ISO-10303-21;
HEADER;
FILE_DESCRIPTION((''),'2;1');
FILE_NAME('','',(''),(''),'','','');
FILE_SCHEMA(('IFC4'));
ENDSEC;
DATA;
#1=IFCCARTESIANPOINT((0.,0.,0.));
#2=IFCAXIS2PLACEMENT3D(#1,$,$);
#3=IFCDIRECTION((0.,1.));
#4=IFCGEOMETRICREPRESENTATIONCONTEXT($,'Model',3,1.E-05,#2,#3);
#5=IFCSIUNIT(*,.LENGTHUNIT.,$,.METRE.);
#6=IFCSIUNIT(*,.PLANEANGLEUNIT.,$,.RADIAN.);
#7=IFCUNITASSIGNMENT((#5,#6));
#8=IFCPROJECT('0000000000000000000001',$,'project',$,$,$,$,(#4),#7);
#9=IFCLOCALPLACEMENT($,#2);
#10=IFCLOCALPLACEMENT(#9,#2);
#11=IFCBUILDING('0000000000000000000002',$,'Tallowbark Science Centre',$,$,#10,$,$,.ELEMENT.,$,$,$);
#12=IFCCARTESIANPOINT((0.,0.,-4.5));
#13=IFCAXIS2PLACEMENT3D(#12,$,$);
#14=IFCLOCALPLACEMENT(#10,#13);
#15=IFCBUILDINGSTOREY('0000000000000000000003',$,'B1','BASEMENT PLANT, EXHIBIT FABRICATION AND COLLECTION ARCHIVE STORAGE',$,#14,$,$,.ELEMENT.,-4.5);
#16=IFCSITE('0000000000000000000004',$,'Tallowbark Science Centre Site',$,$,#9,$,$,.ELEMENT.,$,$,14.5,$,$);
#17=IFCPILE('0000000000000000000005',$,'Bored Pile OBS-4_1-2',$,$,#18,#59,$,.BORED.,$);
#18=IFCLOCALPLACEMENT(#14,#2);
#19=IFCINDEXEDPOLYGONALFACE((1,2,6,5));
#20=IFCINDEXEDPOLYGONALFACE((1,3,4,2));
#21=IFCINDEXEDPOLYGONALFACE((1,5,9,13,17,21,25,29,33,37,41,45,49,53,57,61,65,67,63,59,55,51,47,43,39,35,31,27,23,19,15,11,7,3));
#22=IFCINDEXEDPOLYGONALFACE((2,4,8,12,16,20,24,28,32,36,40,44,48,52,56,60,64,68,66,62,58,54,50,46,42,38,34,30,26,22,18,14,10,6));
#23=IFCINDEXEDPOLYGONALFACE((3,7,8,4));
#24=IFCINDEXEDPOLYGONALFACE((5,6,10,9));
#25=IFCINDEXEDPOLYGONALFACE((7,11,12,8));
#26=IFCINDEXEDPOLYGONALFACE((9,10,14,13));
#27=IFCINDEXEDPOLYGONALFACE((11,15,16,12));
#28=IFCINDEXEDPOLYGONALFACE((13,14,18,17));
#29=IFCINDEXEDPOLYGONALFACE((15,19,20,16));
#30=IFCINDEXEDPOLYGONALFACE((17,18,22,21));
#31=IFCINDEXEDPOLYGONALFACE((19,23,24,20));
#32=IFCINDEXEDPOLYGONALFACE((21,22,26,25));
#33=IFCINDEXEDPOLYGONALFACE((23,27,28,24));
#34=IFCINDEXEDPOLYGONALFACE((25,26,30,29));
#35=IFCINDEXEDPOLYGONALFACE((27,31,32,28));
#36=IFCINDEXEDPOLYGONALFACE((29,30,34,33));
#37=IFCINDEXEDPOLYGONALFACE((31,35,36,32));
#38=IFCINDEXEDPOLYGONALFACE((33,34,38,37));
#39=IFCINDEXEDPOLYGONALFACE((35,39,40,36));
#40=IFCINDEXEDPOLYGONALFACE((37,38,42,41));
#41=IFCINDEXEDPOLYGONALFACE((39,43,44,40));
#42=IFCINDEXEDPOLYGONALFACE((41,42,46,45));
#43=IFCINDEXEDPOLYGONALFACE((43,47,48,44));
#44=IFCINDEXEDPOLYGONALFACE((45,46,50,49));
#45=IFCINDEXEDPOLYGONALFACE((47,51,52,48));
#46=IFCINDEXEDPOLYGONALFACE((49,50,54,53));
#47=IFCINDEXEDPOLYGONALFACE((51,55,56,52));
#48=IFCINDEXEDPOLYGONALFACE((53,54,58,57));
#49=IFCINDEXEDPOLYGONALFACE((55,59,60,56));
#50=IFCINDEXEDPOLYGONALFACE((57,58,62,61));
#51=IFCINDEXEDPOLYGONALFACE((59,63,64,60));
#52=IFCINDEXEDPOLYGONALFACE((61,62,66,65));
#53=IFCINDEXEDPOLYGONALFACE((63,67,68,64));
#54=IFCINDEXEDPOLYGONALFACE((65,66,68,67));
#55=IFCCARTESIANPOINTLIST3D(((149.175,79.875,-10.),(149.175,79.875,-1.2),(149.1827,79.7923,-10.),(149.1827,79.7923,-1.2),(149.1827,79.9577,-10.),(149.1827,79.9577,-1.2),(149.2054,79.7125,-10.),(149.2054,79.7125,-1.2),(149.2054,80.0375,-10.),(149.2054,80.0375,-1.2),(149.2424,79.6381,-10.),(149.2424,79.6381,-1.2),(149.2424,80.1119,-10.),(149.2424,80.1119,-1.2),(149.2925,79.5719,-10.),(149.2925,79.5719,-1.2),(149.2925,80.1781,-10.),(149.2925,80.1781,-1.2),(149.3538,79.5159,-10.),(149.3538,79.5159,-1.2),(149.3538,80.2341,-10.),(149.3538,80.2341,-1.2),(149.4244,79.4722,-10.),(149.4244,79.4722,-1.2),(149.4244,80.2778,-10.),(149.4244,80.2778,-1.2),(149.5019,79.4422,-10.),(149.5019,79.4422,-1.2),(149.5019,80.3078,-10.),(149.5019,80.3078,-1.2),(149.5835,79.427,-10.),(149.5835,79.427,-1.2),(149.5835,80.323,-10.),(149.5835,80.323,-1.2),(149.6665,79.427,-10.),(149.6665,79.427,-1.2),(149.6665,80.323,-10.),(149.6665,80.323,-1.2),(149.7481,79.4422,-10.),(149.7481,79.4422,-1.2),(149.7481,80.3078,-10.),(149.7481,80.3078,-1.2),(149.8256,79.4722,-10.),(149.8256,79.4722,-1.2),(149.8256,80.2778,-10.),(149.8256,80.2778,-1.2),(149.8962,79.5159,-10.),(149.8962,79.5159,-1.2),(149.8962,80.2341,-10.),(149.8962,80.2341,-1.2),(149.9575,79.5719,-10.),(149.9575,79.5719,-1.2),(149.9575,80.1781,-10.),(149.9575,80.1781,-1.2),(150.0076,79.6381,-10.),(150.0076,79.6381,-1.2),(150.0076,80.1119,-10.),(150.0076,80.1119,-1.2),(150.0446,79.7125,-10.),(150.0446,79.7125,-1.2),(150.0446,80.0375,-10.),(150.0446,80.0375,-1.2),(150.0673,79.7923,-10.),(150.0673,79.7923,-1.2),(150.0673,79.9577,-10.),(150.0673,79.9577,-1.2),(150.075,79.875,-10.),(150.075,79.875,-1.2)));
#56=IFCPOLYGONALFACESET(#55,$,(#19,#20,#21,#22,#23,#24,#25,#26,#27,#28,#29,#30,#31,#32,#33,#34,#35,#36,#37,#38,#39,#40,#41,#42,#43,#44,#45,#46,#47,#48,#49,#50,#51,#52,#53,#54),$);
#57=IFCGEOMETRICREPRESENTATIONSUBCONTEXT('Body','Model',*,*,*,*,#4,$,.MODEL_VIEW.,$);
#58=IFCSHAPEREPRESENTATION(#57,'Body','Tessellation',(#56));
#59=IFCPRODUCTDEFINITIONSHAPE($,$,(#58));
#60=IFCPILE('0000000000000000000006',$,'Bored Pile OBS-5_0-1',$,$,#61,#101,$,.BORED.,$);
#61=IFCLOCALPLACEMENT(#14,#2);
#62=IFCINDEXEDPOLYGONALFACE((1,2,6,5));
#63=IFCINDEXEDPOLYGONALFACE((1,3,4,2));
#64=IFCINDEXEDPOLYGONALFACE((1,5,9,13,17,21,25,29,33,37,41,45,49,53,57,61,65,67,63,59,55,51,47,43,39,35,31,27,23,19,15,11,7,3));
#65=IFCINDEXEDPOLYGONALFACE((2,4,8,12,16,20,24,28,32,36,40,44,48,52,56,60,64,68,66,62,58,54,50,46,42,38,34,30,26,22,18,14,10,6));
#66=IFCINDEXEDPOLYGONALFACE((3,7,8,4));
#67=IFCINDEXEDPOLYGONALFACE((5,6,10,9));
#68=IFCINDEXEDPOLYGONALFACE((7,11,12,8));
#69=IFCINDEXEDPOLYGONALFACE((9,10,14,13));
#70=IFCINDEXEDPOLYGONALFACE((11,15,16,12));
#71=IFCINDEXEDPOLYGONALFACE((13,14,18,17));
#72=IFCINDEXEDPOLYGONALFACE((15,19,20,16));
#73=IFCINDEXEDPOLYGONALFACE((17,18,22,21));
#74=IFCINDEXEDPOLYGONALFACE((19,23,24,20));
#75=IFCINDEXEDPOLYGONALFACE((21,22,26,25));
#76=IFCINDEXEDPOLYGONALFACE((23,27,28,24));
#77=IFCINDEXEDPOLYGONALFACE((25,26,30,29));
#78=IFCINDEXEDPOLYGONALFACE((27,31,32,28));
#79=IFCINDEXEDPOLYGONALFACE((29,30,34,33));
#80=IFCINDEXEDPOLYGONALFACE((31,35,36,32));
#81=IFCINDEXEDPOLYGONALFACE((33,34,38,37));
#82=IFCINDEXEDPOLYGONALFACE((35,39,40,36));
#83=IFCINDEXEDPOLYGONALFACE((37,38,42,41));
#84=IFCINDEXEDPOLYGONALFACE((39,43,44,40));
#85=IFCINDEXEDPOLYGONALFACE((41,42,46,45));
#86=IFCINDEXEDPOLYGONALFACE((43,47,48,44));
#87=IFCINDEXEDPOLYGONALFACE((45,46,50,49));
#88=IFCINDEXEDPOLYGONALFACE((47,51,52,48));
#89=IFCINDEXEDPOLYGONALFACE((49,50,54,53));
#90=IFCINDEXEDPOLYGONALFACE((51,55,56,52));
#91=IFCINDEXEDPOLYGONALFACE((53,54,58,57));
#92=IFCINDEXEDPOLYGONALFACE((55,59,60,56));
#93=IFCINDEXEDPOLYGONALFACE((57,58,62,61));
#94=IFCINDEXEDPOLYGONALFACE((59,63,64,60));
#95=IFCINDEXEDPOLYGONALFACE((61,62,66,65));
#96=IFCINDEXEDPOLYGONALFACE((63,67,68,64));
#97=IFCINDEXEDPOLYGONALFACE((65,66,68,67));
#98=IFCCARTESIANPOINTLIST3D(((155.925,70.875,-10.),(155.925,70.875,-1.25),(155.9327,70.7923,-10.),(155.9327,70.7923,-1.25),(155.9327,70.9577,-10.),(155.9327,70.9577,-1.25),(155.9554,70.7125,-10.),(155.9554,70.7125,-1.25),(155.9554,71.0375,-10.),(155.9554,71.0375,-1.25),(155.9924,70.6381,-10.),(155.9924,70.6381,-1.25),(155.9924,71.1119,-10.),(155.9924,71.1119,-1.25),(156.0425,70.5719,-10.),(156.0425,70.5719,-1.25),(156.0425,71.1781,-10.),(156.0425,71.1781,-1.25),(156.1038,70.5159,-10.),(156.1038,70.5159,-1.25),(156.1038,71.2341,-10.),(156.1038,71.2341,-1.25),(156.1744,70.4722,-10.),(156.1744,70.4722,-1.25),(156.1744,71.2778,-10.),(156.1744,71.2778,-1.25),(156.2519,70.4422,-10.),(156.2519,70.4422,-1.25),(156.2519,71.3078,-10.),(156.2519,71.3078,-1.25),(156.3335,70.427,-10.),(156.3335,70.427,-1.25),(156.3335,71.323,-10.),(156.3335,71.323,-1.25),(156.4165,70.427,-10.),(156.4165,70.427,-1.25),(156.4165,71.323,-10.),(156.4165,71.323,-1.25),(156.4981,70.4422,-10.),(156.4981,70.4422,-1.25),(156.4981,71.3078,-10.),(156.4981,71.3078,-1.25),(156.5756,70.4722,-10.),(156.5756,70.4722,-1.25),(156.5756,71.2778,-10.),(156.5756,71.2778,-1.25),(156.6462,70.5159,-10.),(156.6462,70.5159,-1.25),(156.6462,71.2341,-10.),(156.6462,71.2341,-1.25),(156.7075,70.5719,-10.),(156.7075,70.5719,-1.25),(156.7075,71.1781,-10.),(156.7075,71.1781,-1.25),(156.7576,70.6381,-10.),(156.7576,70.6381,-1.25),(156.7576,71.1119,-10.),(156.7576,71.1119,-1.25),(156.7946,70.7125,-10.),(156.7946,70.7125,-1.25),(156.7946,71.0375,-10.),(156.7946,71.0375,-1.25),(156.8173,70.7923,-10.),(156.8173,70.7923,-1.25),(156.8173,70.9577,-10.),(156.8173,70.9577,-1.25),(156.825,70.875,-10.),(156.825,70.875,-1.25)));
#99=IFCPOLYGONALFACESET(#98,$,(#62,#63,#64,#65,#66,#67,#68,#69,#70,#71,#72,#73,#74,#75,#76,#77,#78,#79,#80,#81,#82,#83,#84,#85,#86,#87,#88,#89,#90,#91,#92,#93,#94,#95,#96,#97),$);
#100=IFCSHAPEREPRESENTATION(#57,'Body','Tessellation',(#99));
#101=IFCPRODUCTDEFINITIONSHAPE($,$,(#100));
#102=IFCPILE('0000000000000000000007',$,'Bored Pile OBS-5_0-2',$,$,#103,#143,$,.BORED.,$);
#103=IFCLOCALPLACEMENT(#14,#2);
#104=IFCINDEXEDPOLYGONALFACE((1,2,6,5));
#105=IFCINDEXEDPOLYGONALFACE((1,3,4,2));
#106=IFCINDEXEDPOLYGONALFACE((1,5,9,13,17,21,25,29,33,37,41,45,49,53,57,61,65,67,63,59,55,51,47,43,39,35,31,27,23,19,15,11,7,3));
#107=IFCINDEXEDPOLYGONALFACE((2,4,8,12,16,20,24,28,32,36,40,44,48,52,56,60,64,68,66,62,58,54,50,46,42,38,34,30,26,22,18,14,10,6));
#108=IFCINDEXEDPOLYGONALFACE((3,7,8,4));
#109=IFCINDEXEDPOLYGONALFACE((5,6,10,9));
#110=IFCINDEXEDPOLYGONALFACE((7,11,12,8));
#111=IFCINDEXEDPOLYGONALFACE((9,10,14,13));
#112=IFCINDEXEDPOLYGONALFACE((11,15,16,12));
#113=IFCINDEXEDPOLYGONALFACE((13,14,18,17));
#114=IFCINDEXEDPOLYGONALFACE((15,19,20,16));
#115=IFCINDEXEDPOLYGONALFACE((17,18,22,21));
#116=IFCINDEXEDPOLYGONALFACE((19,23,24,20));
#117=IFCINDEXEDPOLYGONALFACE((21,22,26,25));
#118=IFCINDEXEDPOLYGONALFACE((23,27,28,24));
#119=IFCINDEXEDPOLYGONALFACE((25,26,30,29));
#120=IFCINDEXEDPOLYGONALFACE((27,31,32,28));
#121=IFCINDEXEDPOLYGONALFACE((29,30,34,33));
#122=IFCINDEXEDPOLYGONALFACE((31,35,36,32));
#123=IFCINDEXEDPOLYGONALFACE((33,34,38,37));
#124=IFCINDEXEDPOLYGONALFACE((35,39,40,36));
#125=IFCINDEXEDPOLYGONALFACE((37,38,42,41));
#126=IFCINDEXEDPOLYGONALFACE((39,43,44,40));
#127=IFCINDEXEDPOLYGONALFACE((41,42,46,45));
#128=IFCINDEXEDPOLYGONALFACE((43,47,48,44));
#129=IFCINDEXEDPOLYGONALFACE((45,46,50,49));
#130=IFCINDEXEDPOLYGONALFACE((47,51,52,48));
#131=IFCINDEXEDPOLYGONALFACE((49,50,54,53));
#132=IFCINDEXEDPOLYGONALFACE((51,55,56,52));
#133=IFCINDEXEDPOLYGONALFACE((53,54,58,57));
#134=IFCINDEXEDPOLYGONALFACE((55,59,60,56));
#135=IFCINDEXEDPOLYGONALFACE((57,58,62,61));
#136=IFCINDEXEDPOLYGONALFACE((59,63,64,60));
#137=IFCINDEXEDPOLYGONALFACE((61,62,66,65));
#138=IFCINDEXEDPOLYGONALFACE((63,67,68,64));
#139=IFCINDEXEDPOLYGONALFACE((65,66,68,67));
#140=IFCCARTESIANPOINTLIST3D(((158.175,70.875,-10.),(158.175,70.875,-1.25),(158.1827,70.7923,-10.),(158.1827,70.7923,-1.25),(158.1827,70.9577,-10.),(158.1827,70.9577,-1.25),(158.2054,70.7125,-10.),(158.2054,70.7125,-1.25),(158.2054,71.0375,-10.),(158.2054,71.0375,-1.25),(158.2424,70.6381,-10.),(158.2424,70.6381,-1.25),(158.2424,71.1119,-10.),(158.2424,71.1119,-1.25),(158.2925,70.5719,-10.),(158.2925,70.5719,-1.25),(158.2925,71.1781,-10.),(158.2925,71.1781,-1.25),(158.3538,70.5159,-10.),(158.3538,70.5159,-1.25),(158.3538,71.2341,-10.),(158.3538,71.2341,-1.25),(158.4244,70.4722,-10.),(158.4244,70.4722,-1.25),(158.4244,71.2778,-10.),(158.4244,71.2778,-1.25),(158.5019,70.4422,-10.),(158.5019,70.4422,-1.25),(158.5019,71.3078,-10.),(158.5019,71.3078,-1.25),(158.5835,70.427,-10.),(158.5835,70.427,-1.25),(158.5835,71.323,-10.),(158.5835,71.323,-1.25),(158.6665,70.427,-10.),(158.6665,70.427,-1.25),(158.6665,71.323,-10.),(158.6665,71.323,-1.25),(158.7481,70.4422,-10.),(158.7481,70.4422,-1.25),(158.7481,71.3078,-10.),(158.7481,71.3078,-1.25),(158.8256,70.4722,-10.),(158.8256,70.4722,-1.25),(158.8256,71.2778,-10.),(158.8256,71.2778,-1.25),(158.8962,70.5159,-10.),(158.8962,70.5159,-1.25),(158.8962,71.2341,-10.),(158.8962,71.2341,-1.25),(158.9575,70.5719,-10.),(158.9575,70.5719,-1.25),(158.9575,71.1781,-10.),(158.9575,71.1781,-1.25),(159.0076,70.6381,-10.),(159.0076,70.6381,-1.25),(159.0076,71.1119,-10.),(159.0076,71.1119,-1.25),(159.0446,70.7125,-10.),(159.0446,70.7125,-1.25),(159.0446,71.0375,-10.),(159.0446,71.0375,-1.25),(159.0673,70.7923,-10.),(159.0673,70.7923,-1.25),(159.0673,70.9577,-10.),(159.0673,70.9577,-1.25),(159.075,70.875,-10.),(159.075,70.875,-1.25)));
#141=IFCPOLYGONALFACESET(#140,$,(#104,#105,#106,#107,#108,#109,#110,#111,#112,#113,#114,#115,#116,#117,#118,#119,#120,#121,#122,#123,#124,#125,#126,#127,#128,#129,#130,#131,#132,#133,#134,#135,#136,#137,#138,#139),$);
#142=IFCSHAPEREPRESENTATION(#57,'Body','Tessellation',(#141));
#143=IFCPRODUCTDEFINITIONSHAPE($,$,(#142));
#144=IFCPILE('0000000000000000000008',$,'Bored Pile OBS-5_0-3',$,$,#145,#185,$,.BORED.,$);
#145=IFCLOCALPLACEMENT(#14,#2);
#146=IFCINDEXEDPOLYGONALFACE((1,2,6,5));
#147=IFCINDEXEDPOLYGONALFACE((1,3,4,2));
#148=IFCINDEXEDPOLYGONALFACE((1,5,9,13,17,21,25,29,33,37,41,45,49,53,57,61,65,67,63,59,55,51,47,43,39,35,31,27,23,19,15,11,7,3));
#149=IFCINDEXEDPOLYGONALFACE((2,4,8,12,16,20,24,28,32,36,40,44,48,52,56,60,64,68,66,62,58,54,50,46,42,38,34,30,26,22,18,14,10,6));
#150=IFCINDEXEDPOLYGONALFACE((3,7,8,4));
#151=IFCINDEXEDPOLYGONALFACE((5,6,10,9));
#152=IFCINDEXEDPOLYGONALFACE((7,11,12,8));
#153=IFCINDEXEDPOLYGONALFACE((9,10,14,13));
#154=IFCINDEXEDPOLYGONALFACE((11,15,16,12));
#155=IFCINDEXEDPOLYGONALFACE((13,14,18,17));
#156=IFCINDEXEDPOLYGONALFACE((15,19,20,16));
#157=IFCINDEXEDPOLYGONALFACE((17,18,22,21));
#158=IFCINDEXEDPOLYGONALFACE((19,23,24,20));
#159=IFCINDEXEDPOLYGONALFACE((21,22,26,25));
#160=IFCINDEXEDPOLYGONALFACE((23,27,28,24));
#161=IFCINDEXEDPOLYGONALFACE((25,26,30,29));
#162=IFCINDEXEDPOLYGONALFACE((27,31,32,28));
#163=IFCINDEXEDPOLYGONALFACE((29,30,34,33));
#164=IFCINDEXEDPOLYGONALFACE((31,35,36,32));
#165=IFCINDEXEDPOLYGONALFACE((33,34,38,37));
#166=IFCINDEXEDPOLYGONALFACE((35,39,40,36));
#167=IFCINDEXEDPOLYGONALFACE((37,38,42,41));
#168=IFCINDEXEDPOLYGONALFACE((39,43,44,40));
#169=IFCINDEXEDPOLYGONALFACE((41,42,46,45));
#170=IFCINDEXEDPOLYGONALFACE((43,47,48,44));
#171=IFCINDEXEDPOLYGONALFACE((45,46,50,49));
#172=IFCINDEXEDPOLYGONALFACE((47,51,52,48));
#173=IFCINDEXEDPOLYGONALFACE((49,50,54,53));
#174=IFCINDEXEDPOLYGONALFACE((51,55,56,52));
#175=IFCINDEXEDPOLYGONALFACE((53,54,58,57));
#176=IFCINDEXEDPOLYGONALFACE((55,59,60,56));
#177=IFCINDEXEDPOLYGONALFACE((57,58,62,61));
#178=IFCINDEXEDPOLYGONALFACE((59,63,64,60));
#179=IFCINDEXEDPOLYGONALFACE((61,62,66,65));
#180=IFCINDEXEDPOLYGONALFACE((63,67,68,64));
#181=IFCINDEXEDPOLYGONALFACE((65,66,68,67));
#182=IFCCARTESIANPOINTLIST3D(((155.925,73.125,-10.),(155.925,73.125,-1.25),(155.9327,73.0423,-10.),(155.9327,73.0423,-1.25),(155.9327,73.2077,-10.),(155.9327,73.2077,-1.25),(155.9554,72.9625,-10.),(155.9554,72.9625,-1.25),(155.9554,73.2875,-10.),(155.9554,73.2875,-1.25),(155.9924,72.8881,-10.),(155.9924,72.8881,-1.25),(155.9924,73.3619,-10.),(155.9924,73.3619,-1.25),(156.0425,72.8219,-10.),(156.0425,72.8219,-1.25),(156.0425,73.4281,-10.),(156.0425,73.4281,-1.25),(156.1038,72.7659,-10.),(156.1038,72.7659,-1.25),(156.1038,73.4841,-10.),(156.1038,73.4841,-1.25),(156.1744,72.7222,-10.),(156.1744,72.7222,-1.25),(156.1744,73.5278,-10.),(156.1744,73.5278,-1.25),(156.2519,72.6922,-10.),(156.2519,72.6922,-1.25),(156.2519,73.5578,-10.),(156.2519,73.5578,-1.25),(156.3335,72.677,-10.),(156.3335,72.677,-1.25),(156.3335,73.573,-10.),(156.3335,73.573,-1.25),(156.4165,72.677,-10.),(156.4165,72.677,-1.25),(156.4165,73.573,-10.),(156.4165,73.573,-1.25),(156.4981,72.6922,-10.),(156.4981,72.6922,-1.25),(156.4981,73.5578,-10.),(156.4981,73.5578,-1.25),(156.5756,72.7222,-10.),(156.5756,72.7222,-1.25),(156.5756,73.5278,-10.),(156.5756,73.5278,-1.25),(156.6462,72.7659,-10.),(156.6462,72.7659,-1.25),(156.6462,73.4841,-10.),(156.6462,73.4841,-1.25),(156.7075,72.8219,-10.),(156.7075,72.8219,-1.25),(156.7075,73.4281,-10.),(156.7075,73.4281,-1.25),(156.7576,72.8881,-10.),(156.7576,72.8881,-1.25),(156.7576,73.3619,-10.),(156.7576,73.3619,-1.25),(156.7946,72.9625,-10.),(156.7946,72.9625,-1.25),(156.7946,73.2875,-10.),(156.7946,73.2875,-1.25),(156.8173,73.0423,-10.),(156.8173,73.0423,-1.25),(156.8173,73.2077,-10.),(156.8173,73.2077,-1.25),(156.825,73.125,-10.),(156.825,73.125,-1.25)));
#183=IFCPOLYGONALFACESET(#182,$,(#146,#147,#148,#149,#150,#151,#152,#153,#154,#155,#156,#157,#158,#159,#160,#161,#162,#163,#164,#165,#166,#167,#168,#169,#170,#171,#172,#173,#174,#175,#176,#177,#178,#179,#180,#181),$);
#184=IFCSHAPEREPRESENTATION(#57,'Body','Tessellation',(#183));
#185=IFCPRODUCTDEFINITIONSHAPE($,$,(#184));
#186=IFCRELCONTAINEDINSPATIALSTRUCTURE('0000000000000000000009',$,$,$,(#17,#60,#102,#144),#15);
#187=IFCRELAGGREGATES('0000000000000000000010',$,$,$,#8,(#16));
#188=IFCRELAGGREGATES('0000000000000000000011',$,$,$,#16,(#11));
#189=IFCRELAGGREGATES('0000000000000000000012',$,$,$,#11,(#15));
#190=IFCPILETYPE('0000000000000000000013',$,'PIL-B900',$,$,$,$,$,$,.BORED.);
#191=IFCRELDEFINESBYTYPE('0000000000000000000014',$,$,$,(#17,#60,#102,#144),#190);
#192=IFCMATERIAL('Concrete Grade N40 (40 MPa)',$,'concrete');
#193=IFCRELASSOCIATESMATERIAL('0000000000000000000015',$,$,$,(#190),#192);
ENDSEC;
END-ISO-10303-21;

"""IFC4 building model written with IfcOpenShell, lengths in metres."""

from ifc_helpers import new_model, si_unit, direction, frame, origin, origin_2d, place, context, subcontext, project, spatial, circle, extrude, material, material_profile, profile_set, type_object, element, save


model = new_model("IFC4")

# Units and contexts
model_context = context("Model", 3, precision=1e-05, world=origin(), true_north=direction((0.0, 1.0)))
body_context = subcontext(model_context, "Body", "Model", "MODEL_VIEW")
ifc_project = project(units=[si_unit("LENGTHUNIT", "METRE"), si_unit("PLANEANGLEUNIT", "RADIAN")], contexts=[model_context])

# Site, building, storey
site_placement = place(None, origin())
site = spatial("IfcSite", under=ifc_project, at=site_placement, Name="Tallowbark Science Centre Site", CompositionType="ELEMENT", RefElevation=14.5)
building_placement = place(site_placement, origin())
building = spatial("IfcBuilding", under=site, at=building_placement, Name="Tallowbark Science Centre", CompositionType="ELEMENT")
storey_placement = place(building_placement, frame((0.0, 0.0, -4.5)))
storey = spatial("IfcBuildingStorey", under=building, at=storey_placement, Name="B1", Description="BASEMENT PLANT, EXHIBIT FABRICATION AND COLLECTION ARCHIVE STORAGE", CompositionType="ELEMENT", Elevation=-4.5)

# Shared definitions
ifc_material_1 = material(Name="Concrete Grade N40 (40 MPa)", Category="concrete")

# Piles
ifc_material_profile_1 = material_profile(ifc_material_1, circle(Radius=0.45, at=origin_2d()), Name="PILE900")
ifc_profile_set_1 = profile_set([ifc_material_profile_1], Name="Concrete Grade N40 (40 MPa)")
pile_type_1 = type_object("IfcPileType", Name="PIL-B900", PredefinedType="BORED", material=ifc_profile_set_1)
pile_placement = place(storey_placement, frame((149.625, 79.875, -1.2), z_axis=(0.0, 0.0, -1.0), x_axis=(1.0, 0.0, 0.0)))
element("IfcPile", 1, at=pile_placement, inside=storey, type_object=pile_type_1, Name="Bored Pile OBS-4_1-2", PredefinedType="BORED", context=body_context, shape_type="SweptSolid", body=[
    extrude(circle(Radius=0.45, at=origin_2d()), origin(), (0.0, 0.0, 1.0), 8.8),
])
for number, where, z_axis, x_axis, name in (
    (2, (156.375, 70.875, -1.25), (0.0, 0.0, -1.0), (1.0, 0.0, 0.0), "Bored Pile OBS-5_0-1"),
    (3, (158.625, 70.875, -1.25), (0.0, 0.0, -1.0), (1.0, 0.0, 0.0), "Bored Pile OBS-5_0-2"),
    (4, (156.375, 73.125, -1.25), (0.0, 0.0, -1.0), (1.0, 0.0, 0.0), "Bored Pile OBS-5_0-3"),
):
    element("IfcPile", number, at=place(storey_placement, frame(where, z_axis=z_axis, x_axis=x_axis)), inside=storey, type_object=pile_type_1, Name=name, PredefinedType="BORED", context=body_context, shape_type="SweptSolid", body=[
        extrude(circle(Radius=0.45, at=origin_2d()), origin(), (0.0, 0.0, 1.0), 8.75),
    ])

save(model, "model.ifc")
